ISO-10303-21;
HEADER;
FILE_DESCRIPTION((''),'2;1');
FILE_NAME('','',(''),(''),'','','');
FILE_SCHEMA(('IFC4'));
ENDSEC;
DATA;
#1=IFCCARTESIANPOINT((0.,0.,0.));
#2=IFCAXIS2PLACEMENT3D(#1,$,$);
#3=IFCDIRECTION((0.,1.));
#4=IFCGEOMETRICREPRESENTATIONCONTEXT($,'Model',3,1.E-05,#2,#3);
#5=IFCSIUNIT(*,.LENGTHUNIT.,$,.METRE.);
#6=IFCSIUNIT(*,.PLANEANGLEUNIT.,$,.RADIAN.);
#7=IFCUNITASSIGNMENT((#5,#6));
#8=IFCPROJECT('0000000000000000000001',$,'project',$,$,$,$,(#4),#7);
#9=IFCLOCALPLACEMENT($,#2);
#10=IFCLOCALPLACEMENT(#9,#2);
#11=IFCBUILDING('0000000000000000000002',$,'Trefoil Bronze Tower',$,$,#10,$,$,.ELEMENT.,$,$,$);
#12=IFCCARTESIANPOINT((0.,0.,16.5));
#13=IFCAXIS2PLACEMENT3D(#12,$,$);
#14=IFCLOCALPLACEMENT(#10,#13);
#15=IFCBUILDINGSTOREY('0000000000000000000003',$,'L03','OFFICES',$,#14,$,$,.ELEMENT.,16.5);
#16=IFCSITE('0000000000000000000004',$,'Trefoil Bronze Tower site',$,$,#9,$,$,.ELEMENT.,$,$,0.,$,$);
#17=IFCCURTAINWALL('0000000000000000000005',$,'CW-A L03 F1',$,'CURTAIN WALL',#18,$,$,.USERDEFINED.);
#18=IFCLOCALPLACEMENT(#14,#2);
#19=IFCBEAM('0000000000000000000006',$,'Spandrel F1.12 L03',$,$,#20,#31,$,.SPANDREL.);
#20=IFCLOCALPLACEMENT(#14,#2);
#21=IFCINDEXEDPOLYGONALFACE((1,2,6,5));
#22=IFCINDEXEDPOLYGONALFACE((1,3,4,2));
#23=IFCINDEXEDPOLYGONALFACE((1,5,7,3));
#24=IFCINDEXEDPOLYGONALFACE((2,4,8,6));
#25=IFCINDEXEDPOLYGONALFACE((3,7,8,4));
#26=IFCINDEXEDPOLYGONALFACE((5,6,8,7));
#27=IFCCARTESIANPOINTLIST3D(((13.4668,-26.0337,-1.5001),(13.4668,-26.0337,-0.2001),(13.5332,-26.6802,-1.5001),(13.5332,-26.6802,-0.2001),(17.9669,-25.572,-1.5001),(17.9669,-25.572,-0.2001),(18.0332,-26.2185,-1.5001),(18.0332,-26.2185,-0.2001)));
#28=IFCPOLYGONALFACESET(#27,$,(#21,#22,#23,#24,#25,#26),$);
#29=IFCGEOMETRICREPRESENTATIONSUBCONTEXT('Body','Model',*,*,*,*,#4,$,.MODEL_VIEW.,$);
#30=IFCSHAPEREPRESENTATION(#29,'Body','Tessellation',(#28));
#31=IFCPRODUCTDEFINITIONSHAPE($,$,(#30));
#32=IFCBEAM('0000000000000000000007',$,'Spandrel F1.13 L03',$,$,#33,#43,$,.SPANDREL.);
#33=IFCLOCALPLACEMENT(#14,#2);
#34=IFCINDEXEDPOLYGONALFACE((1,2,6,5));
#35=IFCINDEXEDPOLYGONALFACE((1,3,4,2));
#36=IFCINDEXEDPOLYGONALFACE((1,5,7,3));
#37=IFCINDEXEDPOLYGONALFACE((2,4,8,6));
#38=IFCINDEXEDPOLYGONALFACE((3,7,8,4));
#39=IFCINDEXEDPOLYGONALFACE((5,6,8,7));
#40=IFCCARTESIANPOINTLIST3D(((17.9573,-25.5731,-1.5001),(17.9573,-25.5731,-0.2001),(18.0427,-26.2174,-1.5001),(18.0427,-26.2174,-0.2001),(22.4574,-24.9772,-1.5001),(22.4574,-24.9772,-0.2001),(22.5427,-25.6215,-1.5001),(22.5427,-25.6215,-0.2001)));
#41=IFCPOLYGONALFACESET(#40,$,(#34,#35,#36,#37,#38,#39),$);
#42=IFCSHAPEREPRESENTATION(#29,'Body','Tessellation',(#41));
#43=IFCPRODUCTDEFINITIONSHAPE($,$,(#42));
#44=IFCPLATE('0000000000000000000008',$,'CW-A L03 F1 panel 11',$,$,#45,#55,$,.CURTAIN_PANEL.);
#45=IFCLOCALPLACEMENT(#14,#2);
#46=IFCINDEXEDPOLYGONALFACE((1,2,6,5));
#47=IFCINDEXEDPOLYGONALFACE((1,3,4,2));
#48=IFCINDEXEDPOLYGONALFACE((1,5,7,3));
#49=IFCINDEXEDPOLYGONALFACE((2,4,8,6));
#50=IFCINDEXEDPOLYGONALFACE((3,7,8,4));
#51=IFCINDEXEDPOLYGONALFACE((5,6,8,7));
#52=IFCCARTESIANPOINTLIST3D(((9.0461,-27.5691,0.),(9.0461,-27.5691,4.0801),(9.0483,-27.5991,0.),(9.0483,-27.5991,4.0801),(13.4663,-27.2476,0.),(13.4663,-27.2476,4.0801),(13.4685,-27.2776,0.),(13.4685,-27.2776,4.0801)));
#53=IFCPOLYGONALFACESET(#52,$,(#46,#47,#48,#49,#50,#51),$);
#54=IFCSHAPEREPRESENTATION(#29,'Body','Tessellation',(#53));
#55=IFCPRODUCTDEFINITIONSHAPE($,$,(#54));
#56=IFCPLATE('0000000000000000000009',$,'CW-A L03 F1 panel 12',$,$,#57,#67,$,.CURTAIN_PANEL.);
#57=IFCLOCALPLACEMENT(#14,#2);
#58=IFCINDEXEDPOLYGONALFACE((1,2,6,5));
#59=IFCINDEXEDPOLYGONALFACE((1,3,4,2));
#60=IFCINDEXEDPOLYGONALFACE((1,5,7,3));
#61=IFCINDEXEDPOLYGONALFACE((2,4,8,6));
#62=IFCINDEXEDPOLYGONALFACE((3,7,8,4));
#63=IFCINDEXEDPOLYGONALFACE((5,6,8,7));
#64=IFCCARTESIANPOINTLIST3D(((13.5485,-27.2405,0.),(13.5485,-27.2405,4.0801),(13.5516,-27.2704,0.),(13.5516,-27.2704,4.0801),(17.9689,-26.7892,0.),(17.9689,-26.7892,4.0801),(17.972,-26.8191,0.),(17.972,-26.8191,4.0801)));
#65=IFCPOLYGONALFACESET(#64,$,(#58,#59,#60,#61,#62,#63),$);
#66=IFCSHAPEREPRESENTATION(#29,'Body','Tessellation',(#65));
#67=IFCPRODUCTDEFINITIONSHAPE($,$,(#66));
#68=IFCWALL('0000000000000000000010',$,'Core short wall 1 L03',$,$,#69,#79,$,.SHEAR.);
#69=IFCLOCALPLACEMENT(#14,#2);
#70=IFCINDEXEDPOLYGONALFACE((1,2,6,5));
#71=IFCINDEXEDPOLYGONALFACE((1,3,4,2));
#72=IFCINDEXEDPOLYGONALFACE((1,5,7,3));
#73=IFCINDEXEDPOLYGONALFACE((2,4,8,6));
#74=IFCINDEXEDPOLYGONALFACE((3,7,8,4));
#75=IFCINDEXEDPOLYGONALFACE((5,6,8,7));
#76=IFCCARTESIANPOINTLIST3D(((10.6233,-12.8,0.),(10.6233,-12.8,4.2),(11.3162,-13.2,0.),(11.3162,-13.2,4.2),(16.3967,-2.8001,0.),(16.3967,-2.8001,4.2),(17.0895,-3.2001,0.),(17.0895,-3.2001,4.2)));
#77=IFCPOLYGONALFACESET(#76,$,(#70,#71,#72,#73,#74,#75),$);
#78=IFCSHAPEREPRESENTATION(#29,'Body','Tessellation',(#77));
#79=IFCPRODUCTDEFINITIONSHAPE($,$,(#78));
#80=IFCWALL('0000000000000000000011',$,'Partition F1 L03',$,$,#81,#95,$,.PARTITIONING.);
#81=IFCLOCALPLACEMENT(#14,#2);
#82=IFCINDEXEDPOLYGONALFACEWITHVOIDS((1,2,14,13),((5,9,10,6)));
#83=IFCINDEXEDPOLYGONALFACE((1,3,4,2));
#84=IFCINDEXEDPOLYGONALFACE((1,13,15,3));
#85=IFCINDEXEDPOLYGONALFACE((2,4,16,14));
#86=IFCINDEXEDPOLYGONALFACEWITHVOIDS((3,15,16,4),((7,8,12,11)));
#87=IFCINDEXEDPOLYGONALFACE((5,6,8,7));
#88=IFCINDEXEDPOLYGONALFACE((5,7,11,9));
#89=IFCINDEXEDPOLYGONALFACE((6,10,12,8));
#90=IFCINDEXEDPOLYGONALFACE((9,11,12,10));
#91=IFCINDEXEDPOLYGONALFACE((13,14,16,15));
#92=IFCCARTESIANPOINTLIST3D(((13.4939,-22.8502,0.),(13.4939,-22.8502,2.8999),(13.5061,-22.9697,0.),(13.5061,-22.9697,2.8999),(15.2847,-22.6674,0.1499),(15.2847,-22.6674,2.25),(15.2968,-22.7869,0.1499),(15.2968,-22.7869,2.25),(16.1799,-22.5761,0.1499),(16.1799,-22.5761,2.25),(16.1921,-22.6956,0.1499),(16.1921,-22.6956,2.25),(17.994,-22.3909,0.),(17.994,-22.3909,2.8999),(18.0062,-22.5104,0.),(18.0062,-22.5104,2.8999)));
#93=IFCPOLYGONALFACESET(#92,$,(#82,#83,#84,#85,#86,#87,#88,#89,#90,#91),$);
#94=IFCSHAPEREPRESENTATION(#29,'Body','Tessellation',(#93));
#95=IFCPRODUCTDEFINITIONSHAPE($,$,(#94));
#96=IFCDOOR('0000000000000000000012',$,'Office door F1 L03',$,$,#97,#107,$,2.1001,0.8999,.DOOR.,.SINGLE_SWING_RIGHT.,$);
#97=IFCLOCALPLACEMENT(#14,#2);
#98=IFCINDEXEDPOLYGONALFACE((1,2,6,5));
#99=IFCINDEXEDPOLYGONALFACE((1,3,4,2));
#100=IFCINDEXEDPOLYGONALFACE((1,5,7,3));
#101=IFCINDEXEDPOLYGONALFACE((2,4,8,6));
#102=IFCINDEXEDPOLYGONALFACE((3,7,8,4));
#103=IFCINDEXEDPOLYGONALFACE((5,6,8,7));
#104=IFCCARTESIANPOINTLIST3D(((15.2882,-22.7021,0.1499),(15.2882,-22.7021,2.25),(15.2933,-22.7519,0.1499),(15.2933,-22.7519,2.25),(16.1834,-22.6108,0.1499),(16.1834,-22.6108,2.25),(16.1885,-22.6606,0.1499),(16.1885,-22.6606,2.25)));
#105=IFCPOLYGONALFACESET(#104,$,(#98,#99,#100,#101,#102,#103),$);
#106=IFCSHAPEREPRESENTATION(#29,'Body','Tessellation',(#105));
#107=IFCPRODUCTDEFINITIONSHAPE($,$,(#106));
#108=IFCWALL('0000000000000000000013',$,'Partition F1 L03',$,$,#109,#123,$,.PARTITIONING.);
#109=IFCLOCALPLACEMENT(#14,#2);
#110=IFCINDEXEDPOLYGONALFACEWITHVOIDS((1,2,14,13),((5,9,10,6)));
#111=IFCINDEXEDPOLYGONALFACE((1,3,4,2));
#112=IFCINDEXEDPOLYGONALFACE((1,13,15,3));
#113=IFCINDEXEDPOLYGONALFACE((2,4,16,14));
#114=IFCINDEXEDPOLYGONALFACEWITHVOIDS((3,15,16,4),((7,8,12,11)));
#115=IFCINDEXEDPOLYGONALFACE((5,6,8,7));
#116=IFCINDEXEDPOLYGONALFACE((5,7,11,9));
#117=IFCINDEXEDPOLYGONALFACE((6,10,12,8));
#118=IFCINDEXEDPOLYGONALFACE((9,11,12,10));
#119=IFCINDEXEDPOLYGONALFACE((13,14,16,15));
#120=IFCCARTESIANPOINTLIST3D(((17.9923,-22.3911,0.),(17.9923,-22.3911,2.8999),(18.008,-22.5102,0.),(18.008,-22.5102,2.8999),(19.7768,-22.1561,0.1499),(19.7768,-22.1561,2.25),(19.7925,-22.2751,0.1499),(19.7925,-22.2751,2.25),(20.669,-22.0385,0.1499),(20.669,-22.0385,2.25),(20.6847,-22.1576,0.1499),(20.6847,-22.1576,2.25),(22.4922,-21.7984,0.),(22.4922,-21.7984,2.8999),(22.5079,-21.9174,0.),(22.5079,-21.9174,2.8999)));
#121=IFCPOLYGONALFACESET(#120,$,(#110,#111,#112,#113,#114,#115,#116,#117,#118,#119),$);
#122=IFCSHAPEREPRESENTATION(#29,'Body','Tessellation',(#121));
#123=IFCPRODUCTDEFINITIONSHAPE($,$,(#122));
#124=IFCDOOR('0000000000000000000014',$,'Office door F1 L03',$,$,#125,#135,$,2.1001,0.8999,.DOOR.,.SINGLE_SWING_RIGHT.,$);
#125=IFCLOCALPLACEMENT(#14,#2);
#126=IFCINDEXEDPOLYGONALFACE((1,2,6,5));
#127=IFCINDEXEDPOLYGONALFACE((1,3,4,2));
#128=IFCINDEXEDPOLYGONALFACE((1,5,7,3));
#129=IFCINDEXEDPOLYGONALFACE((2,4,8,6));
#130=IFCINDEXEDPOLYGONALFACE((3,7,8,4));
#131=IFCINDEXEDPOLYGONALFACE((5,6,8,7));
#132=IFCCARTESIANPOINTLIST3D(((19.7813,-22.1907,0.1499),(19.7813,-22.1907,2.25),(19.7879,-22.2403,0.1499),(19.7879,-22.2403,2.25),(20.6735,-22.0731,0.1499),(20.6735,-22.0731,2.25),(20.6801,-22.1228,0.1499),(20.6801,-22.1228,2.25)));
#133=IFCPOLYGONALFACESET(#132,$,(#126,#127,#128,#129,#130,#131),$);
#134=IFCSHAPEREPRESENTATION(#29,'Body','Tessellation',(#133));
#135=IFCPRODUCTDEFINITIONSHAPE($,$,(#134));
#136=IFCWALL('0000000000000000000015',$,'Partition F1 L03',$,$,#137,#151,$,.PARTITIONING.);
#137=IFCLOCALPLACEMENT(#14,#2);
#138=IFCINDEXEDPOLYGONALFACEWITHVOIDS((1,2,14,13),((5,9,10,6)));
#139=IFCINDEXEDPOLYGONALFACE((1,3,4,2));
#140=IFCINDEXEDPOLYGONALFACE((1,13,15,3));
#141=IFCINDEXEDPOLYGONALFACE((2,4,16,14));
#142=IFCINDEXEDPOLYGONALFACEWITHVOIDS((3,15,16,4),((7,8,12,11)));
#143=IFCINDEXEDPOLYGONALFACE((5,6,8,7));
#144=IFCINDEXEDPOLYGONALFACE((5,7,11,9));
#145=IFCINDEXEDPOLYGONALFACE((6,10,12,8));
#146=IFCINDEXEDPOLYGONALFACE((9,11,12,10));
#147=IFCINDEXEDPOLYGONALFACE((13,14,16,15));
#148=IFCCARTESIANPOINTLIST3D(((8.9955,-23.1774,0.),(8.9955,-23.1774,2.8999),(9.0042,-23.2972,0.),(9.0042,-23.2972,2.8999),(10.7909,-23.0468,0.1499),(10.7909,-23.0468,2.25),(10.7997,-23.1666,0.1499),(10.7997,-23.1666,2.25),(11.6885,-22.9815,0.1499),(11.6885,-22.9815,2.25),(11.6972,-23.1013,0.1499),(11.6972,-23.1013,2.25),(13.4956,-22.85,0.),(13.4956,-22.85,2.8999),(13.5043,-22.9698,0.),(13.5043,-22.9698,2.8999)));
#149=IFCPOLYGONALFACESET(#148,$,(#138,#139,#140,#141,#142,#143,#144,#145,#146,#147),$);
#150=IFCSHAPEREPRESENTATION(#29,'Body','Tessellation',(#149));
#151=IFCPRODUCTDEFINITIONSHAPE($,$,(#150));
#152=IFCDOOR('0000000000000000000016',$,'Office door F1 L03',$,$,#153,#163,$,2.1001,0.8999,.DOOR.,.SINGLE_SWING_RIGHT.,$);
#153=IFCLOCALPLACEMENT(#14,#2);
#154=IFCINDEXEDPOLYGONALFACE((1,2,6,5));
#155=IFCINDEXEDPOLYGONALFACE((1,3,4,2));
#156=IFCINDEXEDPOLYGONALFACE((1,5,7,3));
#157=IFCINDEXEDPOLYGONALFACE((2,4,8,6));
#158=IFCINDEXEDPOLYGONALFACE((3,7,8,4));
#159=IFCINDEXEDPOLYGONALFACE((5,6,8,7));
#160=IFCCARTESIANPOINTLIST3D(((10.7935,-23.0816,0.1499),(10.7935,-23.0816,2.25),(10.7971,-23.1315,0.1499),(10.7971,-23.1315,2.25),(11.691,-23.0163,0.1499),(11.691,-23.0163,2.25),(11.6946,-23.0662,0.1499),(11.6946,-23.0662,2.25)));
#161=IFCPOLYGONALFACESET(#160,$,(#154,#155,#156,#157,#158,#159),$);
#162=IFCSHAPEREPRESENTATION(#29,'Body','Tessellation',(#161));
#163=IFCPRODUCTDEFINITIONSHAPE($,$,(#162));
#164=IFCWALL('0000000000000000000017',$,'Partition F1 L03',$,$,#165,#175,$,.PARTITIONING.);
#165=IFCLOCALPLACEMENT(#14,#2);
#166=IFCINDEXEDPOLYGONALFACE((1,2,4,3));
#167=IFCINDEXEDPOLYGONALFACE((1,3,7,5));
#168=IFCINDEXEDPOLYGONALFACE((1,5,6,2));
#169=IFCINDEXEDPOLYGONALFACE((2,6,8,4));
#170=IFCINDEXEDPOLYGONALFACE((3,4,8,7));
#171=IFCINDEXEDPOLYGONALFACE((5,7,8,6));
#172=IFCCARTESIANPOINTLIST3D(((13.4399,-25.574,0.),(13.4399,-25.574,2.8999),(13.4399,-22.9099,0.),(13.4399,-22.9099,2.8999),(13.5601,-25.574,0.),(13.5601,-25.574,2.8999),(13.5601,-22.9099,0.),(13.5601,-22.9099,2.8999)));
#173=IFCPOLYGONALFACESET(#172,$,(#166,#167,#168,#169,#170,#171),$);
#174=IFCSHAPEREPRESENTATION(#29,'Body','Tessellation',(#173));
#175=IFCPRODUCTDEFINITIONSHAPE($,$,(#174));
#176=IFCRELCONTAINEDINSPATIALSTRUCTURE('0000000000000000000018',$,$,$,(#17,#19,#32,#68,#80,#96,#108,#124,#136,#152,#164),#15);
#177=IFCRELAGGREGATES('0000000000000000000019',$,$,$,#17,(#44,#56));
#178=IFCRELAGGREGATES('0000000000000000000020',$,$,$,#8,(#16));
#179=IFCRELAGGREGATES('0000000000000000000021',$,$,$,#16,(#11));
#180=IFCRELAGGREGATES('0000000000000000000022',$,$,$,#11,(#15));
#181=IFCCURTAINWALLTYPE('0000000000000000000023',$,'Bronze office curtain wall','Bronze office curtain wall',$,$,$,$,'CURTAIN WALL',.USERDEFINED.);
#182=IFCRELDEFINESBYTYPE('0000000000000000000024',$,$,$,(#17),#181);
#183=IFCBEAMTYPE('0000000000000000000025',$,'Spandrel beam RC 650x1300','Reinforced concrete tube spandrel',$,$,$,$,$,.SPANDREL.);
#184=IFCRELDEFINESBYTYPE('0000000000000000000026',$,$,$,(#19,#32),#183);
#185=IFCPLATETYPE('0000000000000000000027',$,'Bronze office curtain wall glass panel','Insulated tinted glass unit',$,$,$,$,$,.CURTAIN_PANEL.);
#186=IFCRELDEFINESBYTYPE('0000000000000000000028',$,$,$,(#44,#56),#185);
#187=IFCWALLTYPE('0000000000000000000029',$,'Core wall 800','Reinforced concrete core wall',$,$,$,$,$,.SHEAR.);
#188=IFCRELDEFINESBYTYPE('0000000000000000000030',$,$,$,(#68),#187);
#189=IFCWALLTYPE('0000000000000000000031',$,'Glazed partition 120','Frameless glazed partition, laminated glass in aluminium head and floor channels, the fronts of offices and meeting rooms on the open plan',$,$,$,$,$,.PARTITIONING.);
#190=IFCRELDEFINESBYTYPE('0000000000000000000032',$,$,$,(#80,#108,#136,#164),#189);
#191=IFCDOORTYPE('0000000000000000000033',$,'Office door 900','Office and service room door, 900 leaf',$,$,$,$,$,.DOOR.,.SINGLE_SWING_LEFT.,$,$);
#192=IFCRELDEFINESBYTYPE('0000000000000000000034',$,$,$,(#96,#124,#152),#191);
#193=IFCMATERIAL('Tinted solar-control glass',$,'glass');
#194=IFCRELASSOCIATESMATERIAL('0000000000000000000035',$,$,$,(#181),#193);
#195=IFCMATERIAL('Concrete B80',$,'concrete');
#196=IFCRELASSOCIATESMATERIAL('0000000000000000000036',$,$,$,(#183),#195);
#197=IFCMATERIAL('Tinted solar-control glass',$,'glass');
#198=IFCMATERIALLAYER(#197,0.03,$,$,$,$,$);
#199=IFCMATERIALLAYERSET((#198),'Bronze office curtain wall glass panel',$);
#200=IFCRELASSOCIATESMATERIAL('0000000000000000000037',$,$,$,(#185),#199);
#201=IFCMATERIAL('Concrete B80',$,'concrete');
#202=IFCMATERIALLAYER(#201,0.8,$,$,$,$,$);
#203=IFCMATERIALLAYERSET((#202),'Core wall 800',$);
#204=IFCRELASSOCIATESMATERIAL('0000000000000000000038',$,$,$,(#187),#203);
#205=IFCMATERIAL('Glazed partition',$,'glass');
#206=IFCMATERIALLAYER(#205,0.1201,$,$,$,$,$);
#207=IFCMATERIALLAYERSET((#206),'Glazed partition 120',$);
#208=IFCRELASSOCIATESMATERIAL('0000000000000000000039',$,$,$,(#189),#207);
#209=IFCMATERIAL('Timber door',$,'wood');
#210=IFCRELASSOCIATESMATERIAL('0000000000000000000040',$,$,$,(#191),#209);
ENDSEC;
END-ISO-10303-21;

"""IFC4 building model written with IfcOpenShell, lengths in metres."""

from ifc_helpers import new_model, si_unit, direction, frame, frame_2d, origin, origin_2d, place, context, subcontext, project, spatial, rectangle, extrude, material, layer, layer_set, material_profile, profile_set, type_object, element, fill, aggregate, save


model = new_model("IFC4")

# Units and contexts
model_context = context("Model", 3, precision=1e-05, world=origin(), true_north=direction((0.0, 1.0)))
body_context = subcontext(model_context, "Body", "Model", "MODEL_VIEW")
ifc_project = project(units=[si_unit("LENGTHUNIT", "METRE"), si_unit("PLANEANGLEUNIT", "RADIAN")], contexts=[model_context])

# Site, building, storey
site_placement = place(None, origin())
site = spatial("IfcSite", under=ifc_project, at=site_placement, Name="Trefoil Bronze Tower site", CompositionType="ELEMENT", RefElevation=0.0)
building_placement = place(site_placement, origin())
building = spatial("IfcBuilding", under=site, at=building_placement, Name="Trefoil Bronze Tower", CompositionType="ELEMENT")
storey_placement = place(building_placement, frame((0.0, 0.0, 16.5)))
storey = spatial("IfcBuildingStorey", under=building, at=storey_placement, Name="L03", Description="OFFICES", CompositionType="ELEMENT", Elevation=16.5)

# Curtain wall
ifc_material_1 = material(Name="Tinted solar-control glass", Category="glass")
curtain_wall_type = type_object("IfcCurtainWallType", Name="Bronze office curtain wall", Description="Bronze office curtain wall", ElementType="CURTAIN WALL", PredefinedType="USERDEFINED", material=ifc_material_1)
curtain_wall_placement = place(storey_placement, origin())
curtain_wall = element("IfcCurtainWall", 1, at=curtain_wall_placement, inside=storey, type_object=curtain_wall_type, Name="CW-A L03 F1", ObjectType="CURTAIN WALL", PredefinedType="USERDEFINED")

# Beams
ifc_material_2 = material(Name="Concrete B80", Category="concrete")
ifc_material_profile_1 = material_profile(ifc_material_2, rectangle(XDim=0.6499, YDim=1.3, at=origin_2d()), Name="RC 650x1300")
ifc_profile_set_1 = profile_set([ifc_material_profile_1], Name="Concrete B80")
beam_type_1 = type_object("IfcBeamType", Name="Spandrel beam RC 650x1300", Description="Reinforced concrete tube spandrel", PredefinedType="SPANDREL", material=ifc_profile_set_1)
beam_1_placement = place(storey_placement, frame((13.5, -26.3569, -0.8501), z_axis=(0.994778, 0.102058, 0.0), x_axis=(-0.102058, 0.994778, 0.0)))
element("IfcBeam", 2, at=beam_1_placement, inside=storey, type_object=beam_type_1, Name="Spandrel F1.12 L03", PredefinedType="SPANDREL", context=body_context, shape_type="SweptSolid", body=[
    extrude(rectangle(XDim=0.6499, YDim=1.3, at=origin_2d()), origin(), (0.0, 0.0, 1.0), 4.5237),
])
beam_2_placement = place(storey_placement, frame((18.0, -25.8953, -0.8501), z_axis=(0.991344, 0.131286, 0.0), x_axis=(-0.131286, 0.991344, 0.0)))
element("IfcBeam", 3, at=beam_2_placement, inside=storey, type_object=beam_type_1, Name="Spandrel F1.13 L03", PredefinedType="SPANDREL", context=body_context, shape_type="SweptSolid", body=[
    extrude(rectangle(XDim=0.6499, YDim=1.3, at=origin_2d()), origin(), (0.0, 0.0, 1.0), 4.5393),
])

# Plates
ifc_material_3 = material(Name="Tinted solar-control glass", Category="glass")
ifc_layer_1 = layer(ifc_material_3, 0.03)
ifc_layer_set_1 = layer_set([ifc_layer_1], Name="Bronze office curtain wall glass panel")
plate_type = type_object("IfcPlateType", Name="Bronze office curtain wall glass panel", Description="Insulated tinted glass unit", PredefinedType="CURTAIN_PANEL", material=ifc_layer_set_1)
plate_1_placement = place(storey_placement, frame((11.2573, -27.4233, 0.0), z_axis=(0.0, 0.0, 1.0), x_axis=(0.997365, 0.072547, 0.0)))
plate_1 = element("IfcPlate", 4, at=plate_1_placement, type_object=plate_type, Name="CW-A L03 F1 panel 11", PredefinedType="CURTAIN_PANEL", context=body_context, shape_type="SweptSolid", body=[
    extrude(rectangle(XDim=4.4319, YDim=0.03, at=origin_2d()), origin(), (0.0, 0.0, 1.0), 4.0801),
])
plate_2_placement = place(storey_placement, frame((15.7603, -27.0298, 0.0), z_axis=(0.0, 0.0, 1.0), x_axis=(0.994829, 0.101565, 0.0)))
plate_2 = element("IfcPlate", 5, at=plate_2_placement, type_object=plate_type, Name="CW-A L03 F1 panel 12", PredefinedType="CURTAIN_PANEL", context=body_context, shape_type="SweptSolid", body=[
    extrude(rectangle(XDim=4.4434, YDim=0.03, at=origin_2d()), origin(), (0.0, 0.0, 1.0), 4.0801),
])
aggregate(curtain_wall, [plate_1, plate_2])

# Wall
ifc_material_4 = material(Name="Concrete B80", Category="concrete")
ifc_layer_2 = layer(ifc_material_4, 0.8)
ifc_layer_set_2 = layer_set([ifc_layer_2], Name="Core wall 800")
wall_type_1 = type_object("IfcWallType", Name="Core wall 800", Description="Reinforced concrete core wall", PredefinedType="SHEAR", material=ifc_layer_set_2)
wall_1_placement = place(storey_placement, frame((10.9697, -13.0, 0.0), z_axis=(0.0, 0.0, 1.0), x_axis=(0.499996, 0.866028, 0.0)))
element("IfcWall", 6, at=wall_1_placement, inside=storey, type_object=wall_type_1, Name="Core short wall 1 L03", PredefinedType="SHEAR", context=body_context, shape_type="SweptSolid", body=[
    extrude(rectangle(XDim=11.5469, YDim=0.8, at=frame_2d((5.7734, 0.0))), origin(), (0.0, 0.0, 1.0), 4.2),
])

# Walls, openings, doors
ifc_material_5 = material(Name="Glazed partition", Category="glass")
ifc_layer_3 = layer(ifc_material_5, 0.1201)
ifc_layer_set_3 = layer_set([ifc_layer_3], Name="Glazed partition 120")
wall_type_2 = type_object("IfcWallType", Name="Glazed partition 120", Description="Frameless glazed partition, laminated glass in aluminium head and floor channels, the fronts of offices and meeting rooms on the open plan", PredefinedType="PARTITIONING", material=ifc_layer_set_3)
wall_2_placement = place(storey_placement, frame((13.5, -22.9099, 0.0), z_axis=(0.0, 0.0, 1.0), x_axis=(0.994833, 0.101523, 0.0)))
wall_2 = element("IfcWall", 7, at=wall_2_placement, inside=storey, type_object=wall_type_2, Name="Partition F1 L03", PredefinedType="PARTITIONING", context=body_context, shape_type="SweptSolid", body=[
    extrude(rectangle(XDim=4.5234, YDim=0.1201, at=frame_2d((2.2617, 0.0))), origin(), (0.0, 0.0, 1.0), 2.8999),
])
opening_1_placement = place(wall_2_placement, frame((1.8, 0.0, 0.1499)))
opening_1 = element("IfcOpeningElement", 8, at=opening_1_placement, cuts=wall_2, PredefinedType="OPENING", context=body_context, shape_type="SweptSolid", body=[
    extrude(rectangle(XDim=0.8999, YDim=2.1001, at=frame_2d((0.45, 1.05))), frame((0.0, 0.0701, 0.0), z_axis=(0.0, -1.0, 0.0), x_axis=(1.0, 0.0, 0.0)), (0.0, 0.0, 1.0), 0.1401),
])
ifc_material_6 = material(Name="Timber door", Category="wood")
door_type = type_object("IfcDoorType", Name="Office door 900", Description="Office and service room door, 900 leaf", OperationType="SINGLE_SWING_LEFT", PredefinedType="DOOR", material=ifc_material_6)
door_1_placement = place(opening_1_placement, frame((0.8999, 0.0, 0.0), z_axis=(0.0, 0.0, 1.0), x_axis=(-1.0, 0.0, 0.0)))
door_1 = element("IfcDoor", 9, at=door_1_placement, inside=storey, type_object=door_type, Name="Office door F1 L03", OperationType="SINGLE_SWING_RIGHT", OverallHeight=2.1001, OverallWidth=0.8999, PredefinedType="DOOR", context=body_context, shape_type="SweptSolid", body=[
    extrude(rectangle(XDim=0.8999, YDim=2.1001, at=frame_2d((0.45, 1.05))), frame((0.0, 0.0249, 0.0), z_axis=(0.0, -1.0, 0.0), x_axis=(1.0, 0.0, 0.0)), (0.0, 0.0, 1.0), 0.05),
])
fill(opening_1, door_1)
wall_3_placement = place(storey_placement, frame((18.0, -22.4507, 0.0), z_axis=(0.0, 0.0, 1.0), x_axis=(0.991435, 0.130599, 0.0)))
wall_3 = element("IfcWall", 10, at=wall_3_placement, inside=storey, type_object=wall_type_2, Name="Partition F1 L03", PredefinedType="PARTITIONING", context=body_context, shape_type="SweptSolid", body=[
    extrude(rectangle(XDim=4.5388, YDim=0.1201, at=frame_2d((2.2695, 0.0))), origin(), (0.0, 0.0, 1.0), 2.8999),
])
opening_2_placement = place(wall_3_placement, frame((1.8, 0.0, 0.1499)))
opening_2 = element("IfcOpeningElement", 11, at=opening_2_placement, cuts=wall_3, PredefinedType="OPENING", context=body_context, shape_type="SweptSolid", body=[
    extrude(rectangle(XDim=0.8999, YDim=2.1001, at=frame_2d((0.45, 1.05))), frame((0.0, 0.0701, 0.0), z_axis=(0.0, -1.0, 0.0), x_axis=(1.0, 0.0, 0.0)), (0.0, 0.0, 1.0), 0.1401),
])
door_2_placement = place(opening_2_placement, frame((0.8999, 0.0, 0.0), z_axis=(0.0, 0.0, 1.0), x_axis=(-1.0, 0.0, 0.0)))
door_2 = element("IfcDoor", 12, at=door_2_placement, inside=storey, type_object=door_type, Name="Office door F1 L03", OperationType="SINGLE_SWING_RIGHT", OverallHeight=2.1001, OverallWidth=0.8999, PredefinedType="DOOR", context=body_context, shape_type="SweptSolid", body=[
    extrude(rectangle(XDim=0.8999, YDim=2.1001, at=frame_2d((0.45, 1.05))), frame((0.0, 0.0249, 0.0), z_axis=(0.0, -1.0, 0.0), x_axis=(1.0, 0.0, 0.0)), (0.0, 0.0, 1.0), 0.05),
])
fill(opening_2, door_2)
wall_4_placement = place(storey_placement, frame((9.0, -23.2373, 0.0), z_axis=(0.0, 0.0, 1.0), x_axis=(0.997364, 0.072562, 0.0)))
wall_4 = element("IfcWall", 13, at=wall_4_placement, inside=storey, type_object=wall_type_2, Name="Partition F1 L03", PredefinedType="PARTITIONING", context=body_context, shape_type="SweptSolid", body=[
    extrude(rectangle(XDim=4.512, YDim=0.1201, at=frame_2d((2.2559, 0.0))), origin(), (0.0, 0.0, 1.0), 2.8999),
])
opening_3_placement = place(wall_4_placement, frame((1.8, 0.0, 0.1499)))
opening_3 = element("IfcOpeningElement", 14, at=opening_3_placement, cuts=wall_4, PredefinedType="OPENING", context=body_context, shape_type="SweptSolid", body=[
    extrude(rectangle(XDim=0.8999, YDim=2.1001, at=frame_2d((0.45, 1.05))), frame((0.0, 0.0701, 0.0), z_axis=(0.0, -1.0, 0.0), x_axis=(1.0, 0.0, 0.0)), (0.0, 0.0, 1.0), 0.1401),
])
door_3_placement = place(opening_3_placement, frame((0.8999, 0.0, 0.0), z_axis=(0.0, 0.0, 1.0), x_axis=(-1.0, 0.0, 0.0)))
door_3 = element("IfcDoor", 15, at=door_3_placement, inside=storey, type_object=door_type, Name="Office door F1 L03", OperationType="SINGLE_SWING_RIGHT", OverallHeight=2.1001, OverallWidth=0.8999, PredefinedType="DOOR", context=body_context, shape_type="SweptSolid", body=[
    extrude(rectangle(XDim=0.8999, YDim=2.1001, at=frame_2d((0.45, 1.05))), frame((0.0, 0.0249, 0.0), z_axis=(0.0, -1.0, 0.0), x_axis=(1.0, 0.0, 0.0)), (0.0, 0.0, 1.0), 0.05),
])
fill(opening_3, door_3)

# Wall
wall_5_placement = place(storey_placement, frame((13.5, -22.9099, 0.0), z_axis=(0.0, 0.0, 1.0), x_axis=(0.0, -1.0, 0.0)))
element("IfcWall", 16, at=wall_5_placement, inside=storey, type_object=wall_type_2, Name="Partition F1 L03", PredefinedType="PARTITIONING", context=body_context, shape_type="SweptSolid", body=[
    extrude(rectangle(XDim=2.6641, YDim=0.1201, at=frame_2d((1.332, 0.0))), origin(), (0.0, 0.0, 1.0), 2.8999),
])

save(model, "model.ifc")
